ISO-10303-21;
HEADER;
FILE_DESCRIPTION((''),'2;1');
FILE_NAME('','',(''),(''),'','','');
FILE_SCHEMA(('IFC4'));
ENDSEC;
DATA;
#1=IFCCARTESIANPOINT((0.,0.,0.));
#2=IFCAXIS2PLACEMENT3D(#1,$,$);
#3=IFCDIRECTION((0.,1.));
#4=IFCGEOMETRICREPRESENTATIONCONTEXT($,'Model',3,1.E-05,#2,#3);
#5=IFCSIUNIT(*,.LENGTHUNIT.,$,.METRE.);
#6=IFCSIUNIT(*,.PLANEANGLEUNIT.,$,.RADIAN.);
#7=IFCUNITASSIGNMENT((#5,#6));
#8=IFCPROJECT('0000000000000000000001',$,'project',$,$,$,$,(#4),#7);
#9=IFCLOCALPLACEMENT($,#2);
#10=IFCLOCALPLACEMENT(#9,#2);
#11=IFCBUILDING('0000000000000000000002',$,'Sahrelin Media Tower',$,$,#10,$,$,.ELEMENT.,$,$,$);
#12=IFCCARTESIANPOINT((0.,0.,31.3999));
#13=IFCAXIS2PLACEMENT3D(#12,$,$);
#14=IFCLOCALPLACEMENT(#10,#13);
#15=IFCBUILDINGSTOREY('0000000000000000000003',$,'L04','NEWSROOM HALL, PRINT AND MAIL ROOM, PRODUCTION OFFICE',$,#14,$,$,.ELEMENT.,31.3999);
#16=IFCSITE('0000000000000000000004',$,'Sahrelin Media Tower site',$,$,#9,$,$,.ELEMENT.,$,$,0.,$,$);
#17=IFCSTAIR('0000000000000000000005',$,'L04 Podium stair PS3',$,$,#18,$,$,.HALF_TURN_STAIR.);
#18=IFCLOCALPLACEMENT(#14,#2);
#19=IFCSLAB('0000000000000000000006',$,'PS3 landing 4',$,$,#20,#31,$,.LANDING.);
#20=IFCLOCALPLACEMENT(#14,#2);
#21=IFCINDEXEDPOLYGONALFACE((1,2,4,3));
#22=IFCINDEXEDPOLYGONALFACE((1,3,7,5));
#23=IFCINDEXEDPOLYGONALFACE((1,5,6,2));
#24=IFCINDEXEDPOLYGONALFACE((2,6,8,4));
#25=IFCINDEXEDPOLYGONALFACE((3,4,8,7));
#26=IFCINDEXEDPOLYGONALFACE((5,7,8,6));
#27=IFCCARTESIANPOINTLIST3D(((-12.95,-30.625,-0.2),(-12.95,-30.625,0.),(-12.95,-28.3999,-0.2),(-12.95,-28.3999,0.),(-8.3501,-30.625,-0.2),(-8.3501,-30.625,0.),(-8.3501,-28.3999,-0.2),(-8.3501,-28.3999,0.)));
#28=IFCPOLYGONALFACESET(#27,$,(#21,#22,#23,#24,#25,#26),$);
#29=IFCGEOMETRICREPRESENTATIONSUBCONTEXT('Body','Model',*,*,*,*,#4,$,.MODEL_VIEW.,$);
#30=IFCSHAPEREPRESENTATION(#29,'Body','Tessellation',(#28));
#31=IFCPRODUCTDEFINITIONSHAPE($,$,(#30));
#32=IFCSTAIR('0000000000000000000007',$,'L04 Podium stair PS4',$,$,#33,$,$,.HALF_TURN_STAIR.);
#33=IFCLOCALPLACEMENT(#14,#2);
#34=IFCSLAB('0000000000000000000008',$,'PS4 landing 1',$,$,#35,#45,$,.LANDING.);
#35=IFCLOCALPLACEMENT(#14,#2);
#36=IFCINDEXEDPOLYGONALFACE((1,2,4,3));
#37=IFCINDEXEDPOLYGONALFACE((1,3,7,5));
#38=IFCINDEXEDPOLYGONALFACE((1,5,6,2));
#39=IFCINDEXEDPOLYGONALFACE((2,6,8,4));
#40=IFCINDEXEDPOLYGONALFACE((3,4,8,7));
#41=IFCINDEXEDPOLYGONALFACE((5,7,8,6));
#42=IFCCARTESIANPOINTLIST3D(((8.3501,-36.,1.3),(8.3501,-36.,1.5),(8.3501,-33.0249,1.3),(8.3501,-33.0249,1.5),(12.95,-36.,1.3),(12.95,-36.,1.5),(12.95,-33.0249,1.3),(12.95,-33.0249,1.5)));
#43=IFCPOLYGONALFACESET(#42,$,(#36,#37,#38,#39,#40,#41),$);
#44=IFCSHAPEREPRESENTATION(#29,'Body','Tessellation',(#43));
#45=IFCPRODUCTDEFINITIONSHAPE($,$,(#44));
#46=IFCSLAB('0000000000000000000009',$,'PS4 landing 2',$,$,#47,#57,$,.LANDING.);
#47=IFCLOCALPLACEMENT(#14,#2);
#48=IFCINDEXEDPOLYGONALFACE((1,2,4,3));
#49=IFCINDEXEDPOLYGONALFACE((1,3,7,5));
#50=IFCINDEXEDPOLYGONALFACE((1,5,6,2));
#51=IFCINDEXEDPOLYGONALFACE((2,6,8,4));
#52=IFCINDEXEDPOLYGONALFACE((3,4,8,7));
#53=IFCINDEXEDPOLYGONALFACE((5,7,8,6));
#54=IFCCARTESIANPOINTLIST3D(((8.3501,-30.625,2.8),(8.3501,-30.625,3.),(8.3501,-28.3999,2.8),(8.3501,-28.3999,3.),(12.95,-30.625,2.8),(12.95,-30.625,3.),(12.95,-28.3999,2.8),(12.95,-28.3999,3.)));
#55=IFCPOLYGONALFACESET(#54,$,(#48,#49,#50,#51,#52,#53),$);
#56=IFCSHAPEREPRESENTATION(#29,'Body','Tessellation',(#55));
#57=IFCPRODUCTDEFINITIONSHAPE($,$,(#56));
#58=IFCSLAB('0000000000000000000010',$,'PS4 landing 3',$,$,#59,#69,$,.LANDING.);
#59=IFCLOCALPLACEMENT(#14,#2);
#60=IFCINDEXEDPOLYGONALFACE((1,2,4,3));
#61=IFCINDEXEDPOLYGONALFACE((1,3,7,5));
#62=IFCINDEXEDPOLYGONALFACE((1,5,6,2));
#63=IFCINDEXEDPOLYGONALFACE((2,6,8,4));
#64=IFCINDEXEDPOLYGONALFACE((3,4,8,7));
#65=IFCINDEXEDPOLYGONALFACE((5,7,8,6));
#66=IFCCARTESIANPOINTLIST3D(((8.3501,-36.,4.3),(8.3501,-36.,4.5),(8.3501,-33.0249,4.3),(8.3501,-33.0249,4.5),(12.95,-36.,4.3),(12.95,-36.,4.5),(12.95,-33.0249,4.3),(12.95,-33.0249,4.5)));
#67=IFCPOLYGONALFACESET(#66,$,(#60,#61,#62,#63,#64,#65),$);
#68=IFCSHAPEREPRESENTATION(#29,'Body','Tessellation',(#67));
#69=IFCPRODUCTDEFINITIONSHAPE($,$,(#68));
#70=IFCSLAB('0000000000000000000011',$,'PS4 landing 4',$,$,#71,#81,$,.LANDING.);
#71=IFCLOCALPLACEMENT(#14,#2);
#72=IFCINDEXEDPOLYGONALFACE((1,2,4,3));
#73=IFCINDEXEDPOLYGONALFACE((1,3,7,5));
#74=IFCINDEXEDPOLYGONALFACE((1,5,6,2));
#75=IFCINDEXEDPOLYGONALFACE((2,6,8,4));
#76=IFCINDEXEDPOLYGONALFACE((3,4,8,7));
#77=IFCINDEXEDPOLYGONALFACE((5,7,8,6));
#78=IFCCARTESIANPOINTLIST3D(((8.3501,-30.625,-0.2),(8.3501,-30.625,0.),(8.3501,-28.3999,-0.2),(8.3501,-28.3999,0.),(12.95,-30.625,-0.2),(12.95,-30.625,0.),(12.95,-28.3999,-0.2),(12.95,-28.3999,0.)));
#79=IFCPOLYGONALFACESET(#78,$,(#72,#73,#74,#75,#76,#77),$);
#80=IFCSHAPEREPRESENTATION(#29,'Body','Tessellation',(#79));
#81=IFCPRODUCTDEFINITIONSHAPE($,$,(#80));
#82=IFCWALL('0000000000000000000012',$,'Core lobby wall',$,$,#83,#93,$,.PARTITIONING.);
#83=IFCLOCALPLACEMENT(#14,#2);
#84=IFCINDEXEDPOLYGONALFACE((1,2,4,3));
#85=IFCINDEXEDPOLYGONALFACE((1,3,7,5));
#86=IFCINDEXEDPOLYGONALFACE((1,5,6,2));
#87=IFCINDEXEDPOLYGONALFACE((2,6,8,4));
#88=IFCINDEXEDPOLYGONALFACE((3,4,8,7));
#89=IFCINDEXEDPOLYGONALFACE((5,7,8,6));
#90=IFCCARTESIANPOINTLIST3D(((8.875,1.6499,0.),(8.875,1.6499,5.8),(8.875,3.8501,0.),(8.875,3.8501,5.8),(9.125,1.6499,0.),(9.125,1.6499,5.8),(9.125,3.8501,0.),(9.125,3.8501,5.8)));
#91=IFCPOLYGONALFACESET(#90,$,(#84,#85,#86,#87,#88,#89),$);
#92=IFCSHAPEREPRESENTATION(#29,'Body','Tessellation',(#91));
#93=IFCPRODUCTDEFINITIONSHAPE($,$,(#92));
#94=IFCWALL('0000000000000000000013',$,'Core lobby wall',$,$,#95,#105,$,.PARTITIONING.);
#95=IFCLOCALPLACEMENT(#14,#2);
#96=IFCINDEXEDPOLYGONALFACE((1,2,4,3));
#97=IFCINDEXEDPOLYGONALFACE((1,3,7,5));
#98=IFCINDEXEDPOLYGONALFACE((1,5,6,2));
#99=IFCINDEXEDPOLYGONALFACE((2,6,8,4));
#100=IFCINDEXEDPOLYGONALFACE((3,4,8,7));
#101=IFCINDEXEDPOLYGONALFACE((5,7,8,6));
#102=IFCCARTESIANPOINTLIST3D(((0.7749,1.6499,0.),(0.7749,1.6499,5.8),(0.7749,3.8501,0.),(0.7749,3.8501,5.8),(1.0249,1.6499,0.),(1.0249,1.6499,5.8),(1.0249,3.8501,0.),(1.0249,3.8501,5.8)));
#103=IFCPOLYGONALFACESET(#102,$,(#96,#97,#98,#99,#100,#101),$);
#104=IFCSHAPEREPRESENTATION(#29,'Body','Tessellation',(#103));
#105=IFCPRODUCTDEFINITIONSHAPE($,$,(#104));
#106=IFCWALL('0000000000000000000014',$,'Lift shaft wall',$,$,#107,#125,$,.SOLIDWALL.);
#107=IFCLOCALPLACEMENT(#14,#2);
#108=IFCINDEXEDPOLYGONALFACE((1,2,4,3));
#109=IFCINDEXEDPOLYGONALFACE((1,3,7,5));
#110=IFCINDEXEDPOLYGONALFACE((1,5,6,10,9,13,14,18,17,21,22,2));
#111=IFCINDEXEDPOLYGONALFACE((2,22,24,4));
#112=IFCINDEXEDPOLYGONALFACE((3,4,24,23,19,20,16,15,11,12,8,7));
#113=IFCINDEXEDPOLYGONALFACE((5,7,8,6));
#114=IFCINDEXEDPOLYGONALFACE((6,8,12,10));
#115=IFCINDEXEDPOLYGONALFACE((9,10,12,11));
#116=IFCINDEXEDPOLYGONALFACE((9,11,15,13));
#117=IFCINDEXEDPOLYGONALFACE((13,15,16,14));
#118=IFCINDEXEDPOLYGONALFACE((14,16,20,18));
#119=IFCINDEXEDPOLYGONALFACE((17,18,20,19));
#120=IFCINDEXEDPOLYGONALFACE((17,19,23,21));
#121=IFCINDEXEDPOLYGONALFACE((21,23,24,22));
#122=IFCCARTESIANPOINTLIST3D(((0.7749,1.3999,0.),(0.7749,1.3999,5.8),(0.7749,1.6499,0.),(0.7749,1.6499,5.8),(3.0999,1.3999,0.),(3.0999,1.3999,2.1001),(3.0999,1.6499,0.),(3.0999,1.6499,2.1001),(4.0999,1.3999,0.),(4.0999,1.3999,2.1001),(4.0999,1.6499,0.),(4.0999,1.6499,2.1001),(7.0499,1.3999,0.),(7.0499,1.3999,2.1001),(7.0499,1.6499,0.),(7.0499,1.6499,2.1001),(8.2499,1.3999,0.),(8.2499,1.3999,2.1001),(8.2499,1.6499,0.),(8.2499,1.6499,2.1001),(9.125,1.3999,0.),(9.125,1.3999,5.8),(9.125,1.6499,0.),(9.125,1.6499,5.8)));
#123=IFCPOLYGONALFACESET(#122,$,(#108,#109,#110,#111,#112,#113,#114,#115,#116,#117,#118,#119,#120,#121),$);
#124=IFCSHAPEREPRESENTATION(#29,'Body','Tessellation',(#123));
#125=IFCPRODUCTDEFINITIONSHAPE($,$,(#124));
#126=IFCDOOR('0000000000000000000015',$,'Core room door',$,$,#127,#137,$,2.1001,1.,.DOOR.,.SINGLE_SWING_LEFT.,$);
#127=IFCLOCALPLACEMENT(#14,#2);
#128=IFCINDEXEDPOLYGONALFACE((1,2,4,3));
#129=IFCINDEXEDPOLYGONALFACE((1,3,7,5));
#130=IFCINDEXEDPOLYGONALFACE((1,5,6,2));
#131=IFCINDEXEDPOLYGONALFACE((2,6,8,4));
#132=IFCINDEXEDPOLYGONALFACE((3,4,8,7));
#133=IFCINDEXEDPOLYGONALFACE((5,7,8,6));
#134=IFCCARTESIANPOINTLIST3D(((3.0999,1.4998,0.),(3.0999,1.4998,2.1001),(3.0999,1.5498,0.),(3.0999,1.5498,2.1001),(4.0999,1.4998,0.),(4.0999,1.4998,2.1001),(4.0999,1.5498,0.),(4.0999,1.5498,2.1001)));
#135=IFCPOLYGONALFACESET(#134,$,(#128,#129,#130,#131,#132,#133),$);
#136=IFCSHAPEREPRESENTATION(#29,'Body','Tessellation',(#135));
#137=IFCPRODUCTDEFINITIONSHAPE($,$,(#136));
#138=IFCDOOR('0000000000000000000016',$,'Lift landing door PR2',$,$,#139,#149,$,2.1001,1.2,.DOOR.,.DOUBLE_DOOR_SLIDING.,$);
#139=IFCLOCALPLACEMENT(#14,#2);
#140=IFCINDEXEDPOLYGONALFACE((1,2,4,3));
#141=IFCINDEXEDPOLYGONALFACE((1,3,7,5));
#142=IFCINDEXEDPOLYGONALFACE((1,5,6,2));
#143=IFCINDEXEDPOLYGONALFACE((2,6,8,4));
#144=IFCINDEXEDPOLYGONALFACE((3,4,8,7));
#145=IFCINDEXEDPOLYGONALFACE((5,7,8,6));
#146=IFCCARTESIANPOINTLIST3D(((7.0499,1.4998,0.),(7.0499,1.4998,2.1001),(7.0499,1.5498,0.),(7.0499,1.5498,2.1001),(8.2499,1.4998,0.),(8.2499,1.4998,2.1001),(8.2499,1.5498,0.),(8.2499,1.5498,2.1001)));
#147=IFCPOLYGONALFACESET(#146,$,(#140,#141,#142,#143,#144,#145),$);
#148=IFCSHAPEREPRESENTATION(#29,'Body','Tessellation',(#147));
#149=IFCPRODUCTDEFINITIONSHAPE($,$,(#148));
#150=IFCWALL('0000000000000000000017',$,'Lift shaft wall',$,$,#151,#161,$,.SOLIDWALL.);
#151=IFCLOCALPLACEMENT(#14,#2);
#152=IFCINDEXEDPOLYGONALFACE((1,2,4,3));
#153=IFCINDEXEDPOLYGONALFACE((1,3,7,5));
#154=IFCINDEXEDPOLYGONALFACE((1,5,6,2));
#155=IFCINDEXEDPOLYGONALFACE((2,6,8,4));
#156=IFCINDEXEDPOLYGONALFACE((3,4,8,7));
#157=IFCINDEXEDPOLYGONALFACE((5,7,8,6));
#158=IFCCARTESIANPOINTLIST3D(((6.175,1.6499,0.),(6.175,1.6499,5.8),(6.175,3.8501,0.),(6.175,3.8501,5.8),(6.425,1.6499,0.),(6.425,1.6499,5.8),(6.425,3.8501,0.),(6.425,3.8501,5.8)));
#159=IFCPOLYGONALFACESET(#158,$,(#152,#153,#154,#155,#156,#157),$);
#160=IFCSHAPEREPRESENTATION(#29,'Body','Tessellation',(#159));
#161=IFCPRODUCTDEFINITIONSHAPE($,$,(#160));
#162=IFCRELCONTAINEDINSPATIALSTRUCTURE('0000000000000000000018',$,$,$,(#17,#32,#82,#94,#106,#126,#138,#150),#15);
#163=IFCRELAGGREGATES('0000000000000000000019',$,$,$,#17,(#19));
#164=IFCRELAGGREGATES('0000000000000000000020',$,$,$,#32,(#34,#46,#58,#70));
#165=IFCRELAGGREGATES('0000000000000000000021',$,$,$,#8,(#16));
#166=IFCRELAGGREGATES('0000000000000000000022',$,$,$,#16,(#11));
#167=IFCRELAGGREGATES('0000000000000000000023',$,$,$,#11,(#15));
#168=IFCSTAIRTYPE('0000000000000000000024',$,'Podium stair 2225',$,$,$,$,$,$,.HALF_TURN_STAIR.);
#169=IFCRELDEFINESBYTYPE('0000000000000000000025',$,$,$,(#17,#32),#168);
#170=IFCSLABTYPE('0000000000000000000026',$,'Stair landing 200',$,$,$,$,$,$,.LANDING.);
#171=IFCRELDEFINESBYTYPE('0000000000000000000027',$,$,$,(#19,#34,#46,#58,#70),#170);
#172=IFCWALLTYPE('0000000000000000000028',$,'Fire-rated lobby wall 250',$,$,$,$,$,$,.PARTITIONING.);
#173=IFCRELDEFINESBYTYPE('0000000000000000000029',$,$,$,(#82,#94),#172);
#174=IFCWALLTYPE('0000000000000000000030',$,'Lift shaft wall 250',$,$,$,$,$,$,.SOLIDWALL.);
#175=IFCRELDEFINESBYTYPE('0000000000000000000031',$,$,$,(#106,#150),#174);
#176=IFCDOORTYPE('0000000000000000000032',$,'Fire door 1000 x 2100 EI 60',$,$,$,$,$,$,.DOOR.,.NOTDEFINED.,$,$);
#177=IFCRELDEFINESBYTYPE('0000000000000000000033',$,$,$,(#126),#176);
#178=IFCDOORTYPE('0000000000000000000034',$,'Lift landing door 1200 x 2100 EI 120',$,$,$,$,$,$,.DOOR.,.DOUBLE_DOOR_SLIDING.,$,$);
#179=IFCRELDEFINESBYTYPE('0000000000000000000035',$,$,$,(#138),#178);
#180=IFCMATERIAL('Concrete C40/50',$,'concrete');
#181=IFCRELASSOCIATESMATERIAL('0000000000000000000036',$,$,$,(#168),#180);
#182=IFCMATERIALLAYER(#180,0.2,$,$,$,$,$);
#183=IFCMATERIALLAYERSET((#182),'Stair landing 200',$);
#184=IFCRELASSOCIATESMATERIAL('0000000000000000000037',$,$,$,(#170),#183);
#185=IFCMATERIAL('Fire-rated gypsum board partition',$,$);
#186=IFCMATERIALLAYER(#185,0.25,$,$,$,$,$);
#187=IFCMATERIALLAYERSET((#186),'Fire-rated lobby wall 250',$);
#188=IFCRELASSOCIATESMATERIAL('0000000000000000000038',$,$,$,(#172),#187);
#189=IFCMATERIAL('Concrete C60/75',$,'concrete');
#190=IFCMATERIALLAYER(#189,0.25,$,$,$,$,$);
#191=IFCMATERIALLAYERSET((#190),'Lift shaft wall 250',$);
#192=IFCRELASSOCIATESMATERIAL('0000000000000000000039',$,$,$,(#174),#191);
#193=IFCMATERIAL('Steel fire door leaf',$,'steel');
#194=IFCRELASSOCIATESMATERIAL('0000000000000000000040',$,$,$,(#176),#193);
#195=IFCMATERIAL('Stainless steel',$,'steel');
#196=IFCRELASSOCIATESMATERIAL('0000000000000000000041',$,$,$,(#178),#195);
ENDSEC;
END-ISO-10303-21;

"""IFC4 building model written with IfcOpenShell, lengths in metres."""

from ifc_helpers import new_model, si_unit, direction, frame, frame_2d, origin, place, context, subcontext, project, spatial, polyline, rectangle, outline, extrude, material, layer, layer_set, type_object, element, fill, aggregate, save


model = new_model("IFC4")

# Units and contexts
model_context = context("Model", 3, precision=1e-05, world=origin(), true_north=direction((0.0, 1.0)))
body_context = subcontext(model_context, "Body", "Model", "MODEL_VIEW")
ifc_project = project(units=[si_unit("LENGTHUNIT", "METRE"), si_unit("PLANEANGLEUNIT", "RADIAN")], contexts=[model_context])

# Site, building, storey
site_placement = place(None, origin())
site = spatial("IfcSite", under=ifc_project, at=site_placement, Name="Sahrelin Media Tower site", CompositionType="ELEMENT", RefElevation=0.0)
building_placement = place(site_placement, origin())
building = spatial("IfcBuilding", under=site, at=building_placement, Name="Sahrelin Media Tower", CompositionType="ELEMENT")
storey_placement = place(building_placement, frame((0.0, 0.0, 31.3999)))
storey = spatial("IfcBuildingStorey", under=building, at=storey_placement, Name="L04", Description="NEWSROOM HALL, PRINT AND MAIL ROOM, PRODUCTION OFFICE", CompositionType="ELEMENT", Elevation=31.3999)

# Shared definitions
ifc_material_1 = material(Name="Concrete C40/50", Category="concrete")
placement_1 = place(storey_placement, frame((0.0, 0.0, -0.2)))

# Shared definitions
stair_type = type_object("IfcStairType", Name="Podium stair 2225", PredefinedType="HALF_TURN_STAIR", material=ifc_material_1)
placement_2 = place(storey_placement, origin())
ifc_layer_1 = layer(ifc_material_1, 0.2)
ifc_layer_set_1 = layer_set([ifc_layer_1], Name="Stair landing 200")
slab_type_1 = type_object("IfcSlabType", Name="Stair landing 200", PredefinedType="LANDING", material=ifc_layer_set_1)

# Stairs, slabs
stair_1 = element("IfcStair", 1, at=placement_2, inside=storey, type_object=stair_type, Name="L04 Podium stair PS3", PredefinedType="HALF_TURN_STAIR")
placement_3 = place(storey_placement, frame((0.0, 0.0, 1.3)))
placement_4 = place(storey_placement, frame((0.0, 0.0, 2.8)))
placement_5 = place(storey_placement, frame((0.0, 0.0, 4.3)))
slab_1 = element("IfcSlab", 2, at=placement_1, type_object=slab_type_1, Name="PS3 landing 4", PredefinedType="LANDING", context=body_context, shape_type="SweptSolid", body=[
    extrude(outline(polyline([(-12.95, -28.3999), (-12.95, -30.625), (-8.3501, -30.625), (-8.3501, -28.3999), (-12.95, -28.3999)])), origin(), (0.0, 0.0, 1.0), 0.2),
])
aggregate(stair_1, [slab_1])
stair_2 = element("IfcStair", 3, at=placement_2, inside=storey, type_object=stair_type, Name="L04 Podium stair PS4", PredefinedType="HALF_TURN_STAIR")
slab_2 = element("IfcSlab", 4, at=placement_3, type_object=slab_type_1, Name="PS4 landing 1", PredefinedType="LANDING", context=body_context, shape_type="SweptSolid", body=[
    extrude(outline(polyline([(8.3501, -33.0249), (8.3501, -36.0), (12.95, -36.0), (12.95, -33.0249), (8.3501, -33.0249)])), origin(), (0.0, 0.0, 1.0), 0.2),
])
slab_3 = element("IfcSlab", 5, at=placement_4, type_object=slab_type_1, Name="PS4 landing 2", PredefinedType="LANDING", context=body_context, shape_type="SweptSolid", body=[
    extrude(outline(polyline([(8.3501, -28.3999), (8.3501, -30.625), (12.95, -30.625), (12.95, -28.3999), (8.3501, -28.3999)])), origin(), (0.0, 0.0, 1.0), 0.2),
])
slab_4 = element("IfcSlab", 6, at=placement_5, type_object=slab_type_1, Name="PS4 landing 3", PredefinedType="LANDING", context=body_context, shape_type="SweptSolid", body=[
    extrude(outline(polyline([(8.3501, -33.0249), (8.3501, -36.0), (12.95, -36.0), (12.95, -33.0249), (8.3501, -33.0249)])), origin(), (0.0, 0.0, 1.0), 0.2),
])
slab_5 = element("IfcSlab", 7, at=placement_1, type_object=slab_type_1, Name="PS4 landing 4", PredefinedType="LANDING", context=body_context, shape_type="SweptSolid", body=[
    extrude(outline(polyline([(8.3501, -28.3999), (8.3501, -30.625), (12.95, -30.625), (12.95, -28.3999), (8.3501, -28.3999)])), origin(), (0.0, 0.0, 1.0), 0.2),
])
aggregate(stair_2, [slab_2, slab_3, slab_4, slab_5])

# Walls
ifc_material_2 = material(Name="Fire-rated gypsum board partition")
ifc_layer_2 = layer(ifc_material_2, 0.25)
ifc_layer_set_2 = layer_set([ifc_layer_2], Name="Fire-rated lobby wall 250")
wall_type_1 = type_object("IfcWallType", Name="Fire-rated lobby wall 250", PredefinedType="PARTITIONING", material=ifc_layer_set_2)
for number, where, z_axis, x_axis, name in (
    (8, (9.0, 1.6499, 0.0), (0.0, 0.0, 1.0), (0.0, 1.0, 0.0), "Core lobby wall"),
    (9, (0.8999, 1.6499, 0.0), (0.0, 0.0, 1.0), (0.0, 1.0, 0.0), "Core lobby wall"),
):
    element("IfcWall", number, at=place(storey_placement, frame(where, z_axis=z_axis, x_axis=x_axis)), inside=storey, type_object=wall_type_1, Name=name, PredefinedType="PARTITIONING", context=body_context, shape_type="SweptSolid", body=[
        extrude(rectangle(XDim=2.2002, YDim=0.25, at=frame_2d((1.1001, 0.0))), origin(), (0.0, 0.0, 1.0), 5.8),
    ])

# Wall, openings, doors
ifc_material_3 = material(Name="Concrete C60/75", Category="concrete")
ifc_layer_3 = layer(ifc_material_3, 0.25)
ifc_layer_set_3 = layer_set([ifc_layer_3], Name="Lift shaft wall 250")
wall_type_2 = type_object("IfcWallType", Name="Lift shaft wall 250", PredefinedType="SOLIDWALL", material=ifc_layer_set_3)
wall_1_placement = place(storey_placement, frame((0.7749, 1.5249, 0.0), z_axis=(0.0, 0.0, 1.0), x_axis=(1.0, 0.0, 0.0)))
wall_1 = element("IfcWall", 10, at=wall_1_placement, inside=storey, type_object=wall_type_2, Name="Lift shaft wall", PredefinedType="SOLIDWALL", context=body_context, shape_type="SweptSolid", body=[
    extrude(rectangle(XDim=8.3501, YDim=0.25, at=frame_2d((4.175, 0.0))), origin(), (0.0, 0.0, 1.0), 5.8),
])
opening_1_placement = place(wall_1_placement, frame((6.2749, 0.0, 0.0)))
opening_1 = element("IfcOpeningElement", 11, at=opening_1_placement, cuts=wall_1, PredefinedType="OPENING", context=body_context, shape_type="SweptSolid", body=[
    extrude(rectangle(XDim=1.2, YDim=2.1001, at=frame_2d((0.6001, 1.05))), frame((0.0, 0.125, 0.0), z_axis=(0.0, -1.0, 0.0), x_axis=(1.0, 0.0, 0.0)), (0.0, 0.0, 1.0), 0.25),
])
opening_2_placement = place(wall_1_placement, frame((2.325, 0.0, 0.0)))
opening_2 = element("IfcOpeningElement", 12, at=opening_2_placement, cuts=wall_1, PredefinedType="OPENING", context=body_context, shape_type="SweptSolid", body=[
    extrude(rectangle(XDim=1.0, YDim=2.1001, at=frame_2d((0.5, 1.05))), frame((0.0, 0.125, 0.0), z_axis=(0.0, -1.0, 0.0), x_axis=(1.0, 0.0, 0.0)), (0.0, 0.0, 1.0), 0.25),
])
ifc_material_4 = material(Name="Steel fire door leaf", Category="steel")
door_type_1 = type_object("IfcDoorType", Name="Fire door 1000 x 2100 EI 60", OperationType="NOTDEFINED", PredefinedType="DOOR", material=ifc_material_4)
door_1_placement = place(opening_2_placement, origin())
door_1 = element("IfcDoor", 13, at=door_1_placement, inside=storey, type_object=door_type_1, Name="Core room door", OperationType="SINGLE_SWING_LEFT", OverallHeight=2.1001, OverallWidth=1.0, PredefinedType="DOOR", context=body_context, shape_type="SweptSolid", body=[
    extrude(rectangle(XDim=1.0, YDim=2.1001, at=frame_2d((0.5, 1.05))), frame((0.0, 0.0249, 0.0), z_axis=(0.0, -1.0, 0.0), x_axis=(1.0, 0.0, 0.0)), (0.0, 0.0, 1.0), 0.05),
])
fill(opening_2, door_1)
ifc_material_5 = material(Name="Stainless steel", Category="steel")
door_type_2 = type_object("IfcDoorType", Name="Lift landing door 1200 x 2100 EI 120", OperationType="DOUBLE_DOOR_SLIDING", PredefinedType="DOOR", material=ifc_material_5)
door_2_placement = place(opening_1_placement, origin())
door_2 = element("IfcDoor", 14, at=door_2_placement, inside=storey, type_object=door_type_2, Name="Lift landing door PR2", OperationType="DOUBLE_DOOR_SLIDING", OverallHeight=2.1001, OverallWidth=1.2, PredefinedType="DOOR", context=body_context, shape_type="SweptSolid", body=[
    extrude(rectangle(XDim=1.2, YDim=2.1001, at=frame_2d((0.6001, 1.05))), frame((0.0, 0.0249, 0.0), z_axis=(0.0, -1.0, 0.0), x_axis=(1.0, 0.0, 0.0)), (0.0, 0.0, 1.0), 0.05),
])
fill(opening_1, door_2)

# Wall
wall_2_placement = place(storey_placement, frame((6.3, 1.6499, 0.0), z_axis=(0.0, 0.0, 1.0), x_axis=(0.0, 1.0, 0.0)))
element("IfcWall", 15, at=wall_2_placement, inside=storey, type_object=wall_type_2, Name="Lift shaft wall", PredefinedType="SOLIDWALL", context=body_context, shape_type="SweptSolid", body=[
    extrude(rectangle(XDim=2.2002, YDim=0.25, at=frame_2d((1.1001, 0.0))), origin(), (0.0, 0.0, 1.0), 5.8),
])

save(model, "model.ifc")
